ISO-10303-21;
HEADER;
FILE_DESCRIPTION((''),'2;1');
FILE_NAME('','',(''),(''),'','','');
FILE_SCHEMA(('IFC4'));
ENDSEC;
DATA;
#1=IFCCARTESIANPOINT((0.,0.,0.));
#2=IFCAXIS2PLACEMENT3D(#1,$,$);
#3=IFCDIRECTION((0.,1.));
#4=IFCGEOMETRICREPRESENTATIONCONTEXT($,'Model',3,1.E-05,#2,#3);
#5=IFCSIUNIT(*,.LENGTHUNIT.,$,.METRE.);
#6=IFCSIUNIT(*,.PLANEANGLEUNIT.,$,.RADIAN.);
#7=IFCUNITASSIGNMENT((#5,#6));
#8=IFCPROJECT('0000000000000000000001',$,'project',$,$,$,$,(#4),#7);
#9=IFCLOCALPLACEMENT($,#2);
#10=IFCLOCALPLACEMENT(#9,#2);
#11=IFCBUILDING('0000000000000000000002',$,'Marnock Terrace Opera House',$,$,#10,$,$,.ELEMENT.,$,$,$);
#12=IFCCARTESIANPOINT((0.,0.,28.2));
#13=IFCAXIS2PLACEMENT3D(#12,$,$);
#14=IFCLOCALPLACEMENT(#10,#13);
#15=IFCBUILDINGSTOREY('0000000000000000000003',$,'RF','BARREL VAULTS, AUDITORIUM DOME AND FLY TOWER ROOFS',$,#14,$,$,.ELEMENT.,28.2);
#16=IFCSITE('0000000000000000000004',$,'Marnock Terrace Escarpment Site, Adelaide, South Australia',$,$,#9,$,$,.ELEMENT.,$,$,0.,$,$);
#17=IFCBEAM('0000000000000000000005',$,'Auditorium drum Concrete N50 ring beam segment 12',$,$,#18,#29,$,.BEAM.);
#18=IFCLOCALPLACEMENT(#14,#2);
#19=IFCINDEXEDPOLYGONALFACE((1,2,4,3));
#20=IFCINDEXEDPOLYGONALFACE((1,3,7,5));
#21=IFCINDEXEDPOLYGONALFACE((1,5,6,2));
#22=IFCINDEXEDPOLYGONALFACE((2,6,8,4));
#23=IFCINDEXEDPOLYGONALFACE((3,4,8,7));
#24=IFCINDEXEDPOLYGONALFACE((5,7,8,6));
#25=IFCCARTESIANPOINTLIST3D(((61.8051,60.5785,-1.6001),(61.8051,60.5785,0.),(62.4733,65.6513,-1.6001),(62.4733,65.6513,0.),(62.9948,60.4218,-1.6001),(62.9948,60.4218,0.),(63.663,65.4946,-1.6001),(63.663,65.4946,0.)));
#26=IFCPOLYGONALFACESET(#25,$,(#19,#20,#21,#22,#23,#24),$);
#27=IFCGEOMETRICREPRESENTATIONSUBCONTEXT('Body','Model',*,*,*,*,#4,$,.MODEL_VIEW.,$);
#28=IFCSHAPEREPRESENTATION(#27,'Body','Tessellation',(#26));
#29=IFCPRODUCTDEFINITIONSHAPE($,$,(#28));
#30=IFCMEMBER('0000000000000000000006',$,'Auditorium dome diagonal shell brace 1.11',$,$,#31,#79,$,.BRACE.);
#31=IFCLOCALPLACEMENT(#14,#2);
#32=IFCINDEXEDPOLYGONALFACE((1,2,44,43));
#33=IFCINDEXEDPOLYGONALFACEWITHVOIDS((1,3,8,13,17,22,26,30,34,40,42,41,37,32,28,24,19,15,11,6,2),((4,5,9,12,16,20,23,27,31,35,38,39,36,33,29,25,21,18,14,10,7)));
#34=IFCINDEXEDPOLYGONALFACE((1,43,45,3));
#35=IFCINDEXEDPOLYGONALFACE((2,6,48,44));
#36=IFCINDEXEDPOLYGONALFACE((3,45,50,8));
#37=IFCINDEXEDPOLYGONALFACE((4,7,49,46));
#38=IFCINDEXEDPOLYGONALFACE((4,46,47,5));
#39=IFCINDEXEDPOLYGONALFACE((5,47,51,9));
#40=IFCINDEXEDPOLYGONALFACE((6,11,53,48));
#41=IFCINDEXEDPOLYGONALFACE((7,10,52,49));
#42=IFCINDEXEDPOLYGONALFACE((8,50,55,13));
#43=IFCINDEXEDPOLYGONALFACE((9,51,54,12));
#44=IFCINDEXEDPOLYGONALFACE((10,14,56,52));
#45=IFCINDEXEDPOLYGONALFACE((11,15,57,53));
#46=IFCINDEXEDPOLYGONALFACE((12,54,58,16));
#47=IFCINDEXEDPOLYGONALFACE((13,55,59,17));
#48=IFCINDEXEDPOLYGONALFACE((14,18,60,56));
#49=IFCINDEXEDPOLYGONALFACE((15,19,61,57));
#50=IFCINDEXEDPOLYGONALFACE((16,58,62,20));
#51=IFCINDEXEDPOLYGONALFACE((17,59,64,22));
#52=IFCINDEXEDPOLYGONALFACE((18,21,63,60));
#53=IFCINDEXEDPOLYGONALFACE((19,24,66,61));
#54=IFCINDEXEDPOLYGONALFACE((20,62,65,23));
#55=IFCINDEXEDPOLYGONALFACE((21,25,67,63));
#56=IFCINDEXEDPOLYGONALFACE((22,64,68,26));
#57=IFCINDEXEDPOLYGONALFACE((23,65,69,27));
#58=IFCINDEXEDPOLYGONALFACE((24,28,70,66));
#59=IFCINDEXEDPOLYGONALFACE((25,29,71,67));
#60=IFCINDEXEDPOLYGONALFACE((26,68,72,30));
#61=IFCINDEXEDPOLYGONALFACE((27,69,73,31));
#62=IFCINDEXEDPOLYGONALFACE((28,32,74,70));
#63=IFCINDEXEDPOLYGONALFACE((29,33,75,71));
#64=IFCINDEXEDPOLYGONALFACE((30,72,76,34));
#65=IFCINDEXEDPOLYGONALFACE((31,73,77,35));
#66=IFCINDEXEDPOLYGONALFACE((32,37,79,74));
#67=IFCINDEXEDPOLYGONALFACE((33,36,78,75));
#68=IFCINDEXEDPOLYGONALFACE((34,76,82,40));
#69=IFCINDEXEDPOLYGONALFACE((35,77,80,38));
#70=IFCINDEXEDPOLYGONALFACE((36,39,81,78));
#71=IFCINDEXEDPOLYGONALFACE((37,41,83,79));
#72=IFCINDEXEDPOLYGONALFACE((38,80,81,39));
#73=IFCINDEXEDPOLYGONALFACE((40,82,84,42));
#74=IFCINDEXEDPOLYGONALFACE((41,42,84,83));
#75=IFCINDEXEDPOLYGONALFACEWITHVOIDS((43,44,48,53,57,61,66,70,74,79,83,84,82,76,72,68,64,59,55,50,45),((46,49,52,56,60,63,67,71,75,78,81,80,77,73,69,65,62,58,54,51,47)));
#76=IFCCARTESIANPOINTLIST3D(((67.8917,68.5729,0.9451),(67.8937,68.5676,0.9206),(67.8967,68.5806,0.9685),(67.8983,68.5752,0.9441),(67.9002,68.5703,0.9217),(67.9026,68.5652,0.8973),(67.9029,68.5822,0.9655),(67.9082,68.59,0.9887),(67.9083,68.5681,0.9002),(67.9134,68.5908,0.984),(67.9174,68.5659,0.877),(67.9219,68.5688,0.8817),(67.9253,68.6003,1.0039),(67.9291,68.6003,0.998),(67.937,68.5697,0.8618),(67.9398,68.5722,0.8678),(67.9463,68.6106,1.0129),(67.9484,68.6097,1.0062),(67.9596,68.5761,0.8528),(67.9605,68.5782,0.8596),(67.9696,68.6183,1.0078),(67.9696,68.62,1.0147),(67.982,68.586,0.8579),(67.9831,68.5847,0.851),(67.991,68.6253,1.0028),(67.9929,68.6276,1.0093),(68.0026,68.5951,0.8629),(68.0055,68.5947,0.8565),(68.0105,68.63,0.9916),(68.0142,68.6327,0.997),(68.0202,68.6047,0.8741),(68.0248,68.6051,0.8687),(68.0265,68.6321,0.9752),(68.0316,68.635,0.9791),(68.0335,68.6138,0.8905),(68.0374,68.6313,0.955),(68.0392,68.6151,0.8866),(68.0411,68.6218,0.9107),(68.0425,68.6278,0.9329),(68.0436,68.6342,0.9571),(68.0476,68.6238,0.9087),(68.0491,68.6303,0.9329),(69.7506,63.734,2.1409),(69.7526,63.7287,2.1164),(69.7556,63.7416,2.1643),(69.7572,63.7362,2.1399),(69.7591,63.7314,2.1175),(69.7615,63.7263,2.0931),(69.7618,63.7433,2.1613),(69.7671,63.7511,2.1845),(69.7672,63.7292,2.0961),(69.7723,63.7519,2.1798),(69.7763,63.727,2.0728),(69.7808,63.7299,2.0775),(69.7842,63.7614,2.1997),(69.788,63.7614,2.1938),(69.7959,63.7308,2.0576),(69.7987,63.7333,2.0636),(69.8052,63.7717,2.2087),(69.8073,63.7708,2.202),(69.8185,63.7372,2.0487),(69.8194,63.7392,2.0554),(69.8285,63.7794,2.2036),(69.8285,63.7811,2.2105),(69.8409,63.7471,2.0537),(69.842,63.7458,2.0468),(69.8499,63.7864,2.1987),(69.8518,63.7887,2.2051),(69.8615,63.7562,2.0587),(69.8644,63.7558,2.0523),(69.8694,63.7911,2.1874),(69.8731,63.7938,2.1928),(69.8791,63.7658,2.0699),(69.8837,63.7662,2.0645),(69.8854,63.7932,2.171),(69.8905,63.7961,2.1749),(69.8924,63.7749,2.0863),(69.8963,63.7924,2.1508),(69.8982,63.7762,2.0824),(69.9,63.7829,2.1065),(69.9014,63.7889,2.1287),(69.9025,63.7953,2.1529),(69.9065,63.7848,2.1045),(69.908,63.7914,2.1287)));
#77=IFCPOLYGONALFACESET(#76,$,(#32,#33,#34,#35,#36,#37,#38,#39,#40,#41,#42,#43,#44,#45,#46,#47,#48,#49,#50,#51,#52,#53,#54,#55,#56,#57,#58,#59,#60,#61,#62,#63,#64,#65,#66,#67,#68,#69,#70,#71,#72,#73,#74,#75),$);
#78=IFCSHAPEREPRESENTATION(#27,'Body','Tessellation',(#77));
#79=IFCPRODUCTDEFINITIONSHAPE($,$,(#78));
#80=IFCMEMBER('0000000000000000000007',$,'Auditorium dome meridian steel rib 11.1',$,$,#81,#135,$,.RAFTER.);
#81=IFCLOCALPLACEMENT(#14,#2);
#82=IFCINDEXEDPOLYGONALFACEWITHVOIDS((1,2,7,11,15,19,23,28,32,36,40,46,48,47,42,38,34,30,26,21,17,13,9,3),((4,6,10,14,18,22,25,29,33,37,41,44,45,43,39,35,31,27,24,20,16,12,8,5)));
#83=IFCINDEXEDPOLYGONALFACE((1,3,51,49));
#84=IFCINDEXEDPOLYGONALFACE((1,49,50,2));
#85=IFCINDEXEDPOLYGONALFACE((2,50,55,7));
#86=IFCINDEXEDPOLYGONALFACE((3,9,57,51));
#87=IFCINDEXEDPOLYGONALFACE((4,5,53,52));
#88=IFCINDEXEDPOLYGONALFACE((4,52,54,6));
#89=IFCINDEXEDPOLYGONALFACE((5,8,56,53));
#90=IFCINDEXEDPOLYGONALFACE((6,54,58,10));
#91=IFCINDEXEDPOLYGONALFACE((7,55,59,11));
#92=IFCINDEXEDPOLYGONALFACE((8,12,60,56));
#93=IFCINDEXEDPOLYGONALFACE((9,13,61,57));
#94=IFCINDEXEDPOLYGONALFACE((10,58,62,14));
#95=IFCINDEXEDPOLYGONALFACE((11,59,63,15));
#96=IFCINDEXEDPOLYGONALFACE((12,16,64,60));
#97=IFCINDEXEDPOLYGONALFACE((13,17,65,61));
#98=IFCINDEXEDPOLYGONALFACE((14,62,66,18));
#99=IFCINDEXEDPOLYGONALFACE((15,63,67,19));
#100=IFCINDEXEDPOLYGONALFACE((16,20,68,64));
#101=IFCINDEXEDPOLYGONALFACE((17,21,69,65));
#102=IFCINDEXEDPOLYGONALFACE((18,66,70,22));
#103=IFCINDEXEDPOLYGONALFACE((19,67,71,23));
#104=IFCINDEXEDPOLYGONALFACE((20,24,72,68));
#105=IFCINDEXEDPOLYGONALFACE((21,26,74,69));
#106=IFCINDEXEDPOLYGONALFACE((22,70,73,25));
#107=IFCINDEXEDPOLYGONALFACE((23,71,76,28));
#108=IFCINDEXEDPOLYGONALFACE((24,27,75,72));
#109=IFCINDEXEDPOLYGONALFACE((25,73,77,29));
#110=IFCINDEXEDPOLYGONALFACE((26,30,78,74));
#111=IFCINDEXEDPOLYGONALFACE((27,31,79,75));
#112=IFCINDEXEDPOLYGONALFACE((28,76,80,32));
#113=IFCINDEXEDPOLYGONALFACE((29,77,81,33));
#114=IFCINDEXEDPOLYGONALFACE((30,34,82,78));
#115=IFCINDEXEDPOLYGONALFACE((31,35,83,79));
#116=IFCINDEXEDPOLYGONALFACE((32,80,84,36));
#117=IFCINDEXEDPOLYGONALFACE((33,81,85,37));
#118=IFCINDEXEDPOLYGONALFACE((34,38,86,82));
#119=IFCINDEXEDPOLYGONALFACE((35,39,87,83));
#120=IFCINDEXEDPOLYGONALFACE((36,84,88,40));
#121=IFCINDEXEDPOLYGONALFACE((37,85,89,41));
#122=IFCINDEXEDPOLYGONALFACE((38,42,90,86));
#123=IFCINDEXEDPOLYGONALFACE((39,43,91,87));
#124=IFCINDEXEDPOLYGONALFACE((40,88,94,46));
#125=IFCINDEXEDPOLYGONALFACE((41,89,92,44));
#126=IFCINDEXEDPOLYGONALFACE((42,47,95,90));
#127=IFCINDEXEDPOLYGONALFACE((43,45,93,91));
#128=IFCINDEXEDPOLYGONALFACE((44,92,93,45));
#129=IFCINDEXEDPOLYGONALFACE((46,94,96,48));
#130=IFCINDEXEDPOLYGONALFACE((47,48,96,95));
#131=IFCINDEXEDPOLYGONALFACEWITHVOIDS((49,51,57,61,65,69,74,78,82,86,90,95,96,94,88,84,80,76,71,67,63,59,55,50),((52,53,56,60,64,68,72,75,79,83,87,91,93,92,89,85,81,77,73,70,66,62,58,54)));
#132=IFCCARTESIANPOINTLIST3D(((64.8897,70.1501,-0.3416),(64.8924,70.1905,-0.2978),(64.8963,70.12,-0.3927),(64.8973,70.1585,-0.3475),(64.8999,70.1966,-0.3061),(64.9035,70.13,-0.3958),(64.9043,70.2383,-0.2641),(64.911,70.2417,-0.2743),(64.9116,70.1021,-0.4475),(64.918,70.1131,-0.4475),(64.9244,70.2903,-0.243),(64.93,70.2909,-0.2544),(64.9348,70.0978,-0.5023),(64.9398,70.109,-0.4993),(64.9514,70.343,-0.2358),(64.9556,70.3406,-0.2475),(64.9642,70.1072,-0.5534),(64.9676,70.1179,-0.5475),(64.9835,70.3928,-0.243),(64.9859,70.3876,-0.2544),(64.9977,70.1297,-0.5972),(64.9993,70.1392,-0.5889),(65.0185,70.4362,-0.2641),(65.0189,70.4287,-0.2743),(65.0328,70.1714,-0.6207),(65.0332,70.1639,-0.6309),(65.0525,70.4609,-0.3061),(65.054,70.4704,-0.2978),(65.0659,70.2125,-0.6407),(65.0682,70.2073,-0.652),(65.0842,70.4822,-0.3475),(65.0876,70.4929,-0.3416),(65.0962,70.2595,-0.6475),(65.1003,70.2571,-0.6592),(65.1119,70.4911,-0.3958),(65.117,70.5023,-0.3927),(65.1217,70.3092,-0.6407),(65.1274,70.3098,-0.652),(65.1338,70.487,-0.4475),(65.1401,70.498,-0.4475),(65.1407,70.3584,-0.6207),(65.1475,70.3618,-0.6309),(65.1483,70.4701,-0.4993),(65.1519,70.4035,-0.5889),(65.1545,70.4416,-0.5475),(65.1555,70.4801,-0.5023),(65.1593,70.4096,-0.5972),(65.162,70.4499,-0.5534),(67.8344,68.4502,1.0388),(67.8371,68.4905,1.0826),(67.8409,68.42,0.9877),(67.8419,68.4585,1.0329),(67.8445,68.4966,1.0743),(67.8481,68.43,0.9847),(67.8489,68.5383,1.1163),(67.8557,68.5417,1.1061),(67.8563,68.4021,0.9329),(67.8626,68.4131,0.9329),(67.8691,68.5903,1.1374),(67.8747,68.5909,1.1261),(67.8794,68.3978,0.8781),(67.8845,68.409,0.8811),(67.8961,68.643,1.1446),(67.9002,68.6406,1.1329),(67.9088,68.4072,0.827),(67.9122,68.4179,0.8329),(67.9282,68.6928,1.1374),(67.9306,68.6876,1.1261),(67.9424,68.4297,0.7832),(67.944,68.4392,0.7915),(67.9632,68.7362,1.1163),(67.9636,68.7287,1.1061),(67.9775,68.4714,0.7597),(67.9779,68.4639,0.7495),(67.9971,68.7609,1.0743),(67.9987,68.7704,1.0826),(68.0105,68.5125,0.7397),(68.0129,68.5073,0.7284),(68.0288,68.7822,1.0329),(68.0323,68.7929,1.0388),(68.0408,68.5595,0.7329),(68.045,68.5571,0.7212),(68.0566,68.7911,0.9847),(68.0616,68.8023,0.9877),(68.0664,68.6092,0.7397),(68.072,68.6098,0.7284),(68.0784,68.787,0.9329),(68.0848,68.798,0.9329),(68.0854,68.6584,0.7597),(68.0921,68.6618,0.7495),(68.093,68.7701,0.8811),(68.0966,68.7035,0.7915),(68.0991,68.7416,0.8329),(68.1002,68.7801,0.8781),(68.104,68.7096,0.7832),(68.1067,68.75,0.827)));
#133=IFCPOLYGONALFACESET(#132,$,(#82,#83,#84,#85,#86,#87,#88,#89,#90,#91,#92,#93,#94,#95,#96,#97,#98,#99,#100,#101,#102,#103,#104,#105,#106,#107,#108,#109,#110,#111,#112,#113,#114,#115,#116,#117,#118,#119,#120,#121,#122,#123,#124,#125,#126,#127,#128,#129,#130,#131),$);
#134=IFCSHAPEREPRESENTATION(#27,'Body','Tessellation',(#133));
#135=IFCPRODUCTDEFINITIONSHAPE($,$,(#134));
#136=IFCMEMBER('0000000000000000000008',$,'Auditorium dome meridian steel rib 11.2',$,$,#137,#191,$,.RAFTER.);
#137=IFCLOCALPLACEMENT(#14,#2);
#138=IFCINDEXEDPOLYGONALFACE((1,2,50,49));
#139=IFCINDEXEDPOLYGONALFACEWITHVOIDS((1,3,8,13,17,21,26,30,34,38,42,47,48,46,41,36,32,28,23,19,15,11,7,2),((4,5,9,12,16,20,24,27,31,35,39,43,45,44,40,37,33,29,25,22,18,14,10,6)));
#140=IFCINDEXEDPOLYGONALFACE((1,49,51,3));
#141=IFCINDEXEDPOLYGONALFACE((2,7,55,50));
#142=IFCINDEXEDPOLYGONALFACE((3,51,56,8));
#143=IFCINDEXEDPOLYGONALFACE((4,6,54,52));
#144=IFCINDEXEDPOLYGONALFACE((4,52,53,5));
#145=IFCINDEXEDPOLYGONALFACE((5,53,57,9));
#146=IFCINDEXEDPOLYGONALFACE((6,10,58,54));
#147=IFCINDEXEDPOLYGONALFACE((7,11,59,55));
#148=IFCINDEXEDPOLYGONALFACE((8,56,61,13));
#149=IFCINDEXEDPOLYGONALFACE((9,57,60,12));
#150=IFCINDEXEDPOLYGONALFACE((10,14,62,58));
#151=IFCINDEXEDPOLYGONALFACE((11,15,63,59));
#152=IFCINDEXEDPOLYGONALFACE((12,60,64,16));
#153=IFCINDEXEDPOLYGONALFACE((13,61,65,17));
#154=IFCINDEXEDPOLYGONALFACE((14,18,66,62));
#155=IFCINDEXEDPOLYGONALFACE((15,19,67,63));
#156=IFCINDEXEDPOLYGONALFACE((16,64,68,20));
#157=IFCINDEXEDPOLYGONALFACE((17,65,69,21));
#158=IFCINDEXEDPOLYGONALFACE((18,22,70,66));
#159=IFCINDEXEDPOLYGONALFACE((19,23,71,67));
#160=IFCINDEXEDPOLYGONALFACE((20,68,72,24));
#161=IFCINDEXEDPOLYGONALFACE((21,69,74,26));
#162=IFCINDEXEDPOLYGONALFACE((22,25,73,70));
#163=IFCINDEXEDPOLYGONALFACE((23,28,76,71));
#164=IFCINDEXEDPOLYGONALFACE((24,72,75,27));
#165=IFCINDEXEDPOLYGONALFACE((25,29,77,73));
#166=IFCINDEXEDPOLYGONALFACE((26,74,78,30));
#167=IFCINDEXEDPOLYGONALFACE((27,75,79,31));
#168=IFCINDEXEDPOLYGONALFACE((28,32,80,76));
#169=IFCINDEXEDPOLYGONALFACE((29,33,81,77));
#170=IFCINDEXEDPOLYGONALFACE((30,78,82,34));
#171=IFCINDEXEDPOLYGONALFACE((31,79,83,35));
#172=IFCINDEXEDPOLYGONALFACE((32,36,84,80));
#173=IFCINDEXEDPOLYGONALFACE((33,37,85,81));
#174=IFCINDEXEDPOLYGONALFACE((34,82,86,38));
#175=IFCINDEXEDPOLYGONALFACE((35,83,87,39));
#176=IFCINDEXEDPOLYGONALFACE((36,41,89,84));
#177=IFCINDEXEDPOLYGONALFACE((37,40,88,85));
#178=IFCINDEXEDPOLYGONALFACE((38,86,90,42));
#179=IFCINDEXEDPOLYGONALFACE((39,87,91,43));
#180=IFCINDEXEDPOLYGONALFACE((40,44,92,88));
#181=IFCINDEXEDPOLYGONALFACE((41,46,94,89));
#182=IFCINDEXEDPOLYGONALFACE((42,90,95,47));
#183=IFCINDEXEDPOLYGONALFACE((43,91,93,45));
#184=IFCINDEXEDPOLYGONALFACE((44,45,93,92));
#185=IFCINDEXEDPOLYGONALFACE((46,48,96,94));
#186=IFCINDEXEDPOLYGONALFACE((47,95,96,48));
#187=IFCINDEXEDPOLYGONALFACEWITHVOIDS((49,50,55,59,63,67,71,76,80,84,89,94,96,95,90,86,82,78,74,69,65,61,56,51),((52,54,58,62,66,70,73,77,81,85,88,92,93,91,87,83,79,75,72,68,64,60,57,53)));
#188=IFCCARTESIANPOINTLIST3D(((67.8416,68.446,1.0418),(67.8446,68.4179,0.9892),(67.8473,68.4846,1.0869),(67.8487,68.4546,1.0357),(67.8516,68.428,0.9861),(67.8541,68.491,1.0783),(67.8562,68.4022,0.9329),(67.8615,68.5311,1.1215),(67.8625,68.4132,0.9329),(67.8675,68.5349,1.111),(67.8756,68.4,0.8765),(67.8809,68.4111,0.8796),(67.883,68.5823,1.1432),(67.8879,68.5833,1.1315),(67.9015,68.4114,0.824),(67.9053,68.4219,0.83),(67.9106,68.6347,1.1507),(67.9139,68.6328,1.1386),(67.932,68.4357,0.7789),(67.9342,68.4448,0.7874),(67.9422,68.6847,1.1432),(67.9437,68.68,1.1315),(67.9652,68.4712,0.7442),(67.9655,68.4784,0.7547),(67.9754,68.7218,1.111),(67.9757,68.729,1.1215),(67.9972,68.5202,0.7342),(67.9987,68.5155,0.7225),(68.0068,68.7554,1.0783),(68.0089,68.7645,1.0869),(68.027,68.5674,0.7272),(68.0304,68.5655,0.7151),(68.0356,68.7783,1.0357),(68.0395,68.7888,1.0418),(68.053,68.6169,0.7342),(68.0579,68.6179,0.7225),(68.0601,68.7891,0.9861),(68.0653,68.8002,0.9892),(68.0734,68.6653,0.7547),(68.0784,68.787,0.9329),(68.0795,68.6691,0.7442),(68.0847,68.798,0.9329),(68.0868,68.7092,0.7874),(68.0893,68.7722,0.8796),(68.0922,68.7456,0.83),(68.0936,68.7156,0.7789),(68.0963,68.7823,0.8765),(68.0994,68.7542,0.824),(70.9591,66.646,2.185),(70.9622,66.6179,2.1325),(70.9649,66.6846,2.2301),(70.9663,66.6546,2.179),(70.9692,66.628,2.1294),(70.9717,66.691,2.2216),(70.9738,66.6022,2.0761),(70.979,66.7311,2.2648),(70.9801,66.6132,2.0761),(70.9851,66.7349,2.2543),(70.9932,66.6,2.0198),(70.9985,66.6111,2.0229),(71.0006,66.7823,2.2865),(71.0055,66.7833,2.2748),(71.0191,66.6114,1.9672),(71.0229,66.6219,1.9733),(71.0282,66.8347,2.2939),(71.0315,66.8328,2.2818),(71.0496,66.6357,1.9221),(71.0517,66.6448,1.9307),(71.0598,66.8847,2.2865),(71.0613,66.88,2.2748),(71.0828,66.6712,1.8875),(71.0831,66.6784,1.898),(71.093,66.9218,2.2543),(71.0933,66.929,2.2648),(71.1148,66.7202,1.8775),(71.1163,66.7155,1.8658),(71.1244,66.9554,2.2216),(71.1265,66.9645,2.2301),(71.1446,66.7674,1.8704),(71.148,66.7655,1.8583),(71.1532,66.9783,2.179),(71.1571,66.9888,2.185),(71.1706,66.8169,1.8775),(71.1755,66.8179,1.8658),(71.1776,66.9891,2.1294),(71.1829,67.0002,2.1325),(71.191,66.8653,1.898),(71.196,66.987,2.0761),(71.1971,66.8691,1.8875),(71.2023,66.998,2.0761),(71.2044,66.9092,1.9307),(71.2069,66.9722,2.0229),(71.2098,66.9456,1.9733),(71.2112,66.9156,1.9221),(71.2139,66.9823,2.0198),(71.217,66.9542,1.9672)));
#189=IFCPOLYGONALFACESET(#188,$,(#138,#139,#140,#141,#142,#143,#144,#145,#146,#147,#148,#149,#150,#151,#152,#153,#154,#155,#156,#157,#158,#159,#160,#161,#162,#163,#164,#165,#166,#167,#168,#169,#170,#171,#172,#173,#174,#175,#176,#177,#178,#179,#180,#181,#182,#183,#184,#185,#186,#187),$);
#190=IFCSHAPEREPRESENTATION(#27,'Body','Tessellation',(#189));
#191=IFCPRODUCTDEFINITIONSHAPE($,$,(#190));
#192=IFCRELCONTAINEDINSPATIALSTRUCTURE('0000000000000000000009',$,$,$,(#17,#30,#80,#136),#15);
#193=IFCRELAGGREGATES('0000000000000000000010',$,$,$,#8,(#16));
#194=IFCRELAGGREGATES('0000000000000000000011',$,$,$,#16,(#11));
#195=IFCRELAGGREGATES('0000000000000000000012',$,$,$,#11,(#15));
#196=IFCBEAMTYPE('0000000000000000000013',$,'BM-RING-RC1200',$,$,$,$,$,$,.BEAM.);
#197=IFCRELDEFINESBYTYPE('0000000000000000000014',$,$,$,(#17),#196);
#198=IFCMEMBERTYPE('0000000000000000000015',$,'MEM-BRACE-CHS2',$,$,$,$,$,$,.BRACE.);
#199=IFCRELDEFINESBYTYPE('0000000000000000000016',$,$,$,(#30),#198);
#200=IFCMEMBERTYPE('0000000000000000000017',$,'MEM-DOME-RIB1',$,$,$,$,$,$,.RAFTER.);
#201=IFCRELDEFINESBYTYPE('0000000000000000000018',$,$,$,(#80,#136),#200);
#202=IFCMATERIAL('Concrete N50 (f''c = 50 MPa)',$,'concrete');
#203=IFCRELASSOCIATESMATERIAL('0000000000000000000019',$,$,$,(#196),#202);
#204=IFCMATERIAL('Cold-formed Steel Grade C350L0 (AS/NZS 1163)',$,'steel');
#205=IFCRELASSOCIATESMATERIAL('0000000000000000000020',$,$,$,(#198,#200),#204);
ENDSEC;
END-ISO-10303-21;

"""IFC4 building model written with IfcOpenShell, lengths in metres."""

from ifc_helpers import new_model, si_unit, direction, frame, origin, origin_2d, place, context, subcontext, project, spatial, rectangle, hollow_circle, extrude, material, material_profile, profile_set, type_object, element, save


model = new_model("IFC4")

# Units and contexts
model_context = context("Model", 3, precision=1e-05, world=origin(), true_north=direction((0.0, 1.0)))
body_context = subcontext(model_context, "Body", "Model", "MODEL_VIEW")
ifc_project = project(units=[si_unit("LENGTHUNIT", "METRE"), si_unit("PLANEANGLEUNIT", "RADIAN")], contexts=[model_context])

# Site, building, storey
site_placement = place(None, origin())
site = spatial("IfcSite", under=ifc_project, at=site_placement, Name="Marnock Terrace Escarpment Site, Adelaide, South Australia", CompositionType="ELEMENT", RefElevation=0.0)
building_placement = place(site_placement, origin())
building = spatial("IfcBuilding", under=site, at=building_placement, Name="Marnock Terrace Opera House", CompositionType="ELEMENT")
storey_placement = place(building_placement, frame((0.0, 0.0, 28.2)))
storey = spatial("IfcBuildingStorey", under=building, at=storey_placement, Name="RF", Description="BARREL VAULTS, AUDITORIUM DOME AND FLY TOWER ROOFS", CompositionType="ELEMENT", Elevation=28.2)

# Beam
ifc_material_1 = material(Name="Concrete N50 (f'c = 50 MPa)", Category="concrete")
ifc_material_profile_1 = material_profile(ifc_material_1, rectangle(XDim=1.2, YDim=1.6001, at=origin_2d()))
ifc_profile_set_1 = profile_set([ifc_material_profile_1], Name="Concrete N50 (f'c = 50 MPa)")
beam_type_1 = type_object("IfcBeamType", Name="BM-RING-RC1200", PredefinedType="BEAM", material=ifc_profile_set_1)
beam_1_placement = place(storey_placement, frame((63.0681, 65.573, -0.8), z_axis=(-0.130592, -0.991436, 0.0), x_axis=(0.991436, -0.130592, 0.0)))
element("IfcBeam", 1, at=beam_1_placement, inside=storey, type_object=beam_type_1, Name="Auditorium drum Concrete N50 ring beam segment 12", PredefinedType="BEAM", context=body_context, shape_type="SweptSolid", body=[
    extrude(rectangle(XDim=1.2, YDim=1.6001, at=origin_2d()), origin(), (0.0, 0.0, 1.0), 5.1167),
])

# Members
ifc_material_2 = material(Name="Cold-formed Steel Grade C350L0 (AS/NZS 1163)", Category="steel")
ifc_material_profile_2 = material_profile(ifc_material_2, hollow_circle(Radius=0.0842, WallThickness=0.0071, at=origin_2d()))
ifc_profile_set_2 = profile_set([ifc_material_profile_2], Name="Cold-formed Steel Grade C350L0 (AS/NZS 1163)")
member_type_1 = type_object("IfcMemberType", Name="MEM-BRACE-CHS2", PredefinedType="BRACE", material=ifc_profile_set_2)
member_1_placement = place(storey_placement, frame((67.9705, 68.6001, 0.9329), z_axis=(0.349429, -0.9096, 0.224784), x_axis=(0.933489, 0.358607, 0.0)))
element("IfcMember", 2, at=member_1_placement, inside=storey, type_object=member_type_1, Name="Auditorium dome diagonal shell brace 1.11", PredefinedType="BRACE", context=body_context, shape_type="SweptSolid", body=[
    extrude(hollow_circle(Radius=0.0842, WallThickness=0.0071, at=origin_2d()), origin(), (0.0, 0.0, 1.0), 5.3198),
])
ifc_material_profile_3 = material_profile(ifc_material_2, hollow_circle(Radius=0.2285, WallThickness=0.0127, at=origin_2d()))
ifc_profile_set_3 = profile_set([ifc_material_profile_3], Name="Cold-formed Steel Grade C350L0 (AS/NZS 1163)")
member_type_2 = type_object("IfcMemberType", Name="MEM-DOME-RIB1", PredefinedType="RAFTER", material=ifc_profile_set_3)
member_2_placement = place(storey_placement, frame((65.0259, 70.3, -0.4475), z_axis=(0.80243, -0.463255, 0.376166), x_axis=(0.499977, 0.866039, 0.0)))
element("IfcMember", 3, at=member_2_placement, inside=storey, type_object=member_type_2, Name="Auditorium dome meridian steel rib 11.1", PredefinedType="RAFTER", context=body_context, shape_type="SweptSolid", body=[
    extrude(hollow_circle(Radius=0.2285, WallThickness=0.0127, at=origin_2d()), origin(), (0.0, 0.0, 1.0), 3.6697),
])
member_3_placement = place(storey_placement, frame((67.9705, 68.6001, 0.9329), z_axis=(0.825393, -0.476556, 0.302687), x_axis=(0.500012, 0.866018, 0.0)))
element("IfcMember", 4, at=member_3_placement, inside=storey, type_object=member_type_2, Name="Auditorium dome meridian steel rib 11.2", PredefinedType="RAFTER", context=body_context, shape_type="SweptSolid", body=[
    extrude(hollow_circle(Radius=0.2285, WallThickness=0.0127, at=origin_2d()), origin(), (0.0, 0.0, 1.0), 3.7771),
])

save(model, "model.ifc")
